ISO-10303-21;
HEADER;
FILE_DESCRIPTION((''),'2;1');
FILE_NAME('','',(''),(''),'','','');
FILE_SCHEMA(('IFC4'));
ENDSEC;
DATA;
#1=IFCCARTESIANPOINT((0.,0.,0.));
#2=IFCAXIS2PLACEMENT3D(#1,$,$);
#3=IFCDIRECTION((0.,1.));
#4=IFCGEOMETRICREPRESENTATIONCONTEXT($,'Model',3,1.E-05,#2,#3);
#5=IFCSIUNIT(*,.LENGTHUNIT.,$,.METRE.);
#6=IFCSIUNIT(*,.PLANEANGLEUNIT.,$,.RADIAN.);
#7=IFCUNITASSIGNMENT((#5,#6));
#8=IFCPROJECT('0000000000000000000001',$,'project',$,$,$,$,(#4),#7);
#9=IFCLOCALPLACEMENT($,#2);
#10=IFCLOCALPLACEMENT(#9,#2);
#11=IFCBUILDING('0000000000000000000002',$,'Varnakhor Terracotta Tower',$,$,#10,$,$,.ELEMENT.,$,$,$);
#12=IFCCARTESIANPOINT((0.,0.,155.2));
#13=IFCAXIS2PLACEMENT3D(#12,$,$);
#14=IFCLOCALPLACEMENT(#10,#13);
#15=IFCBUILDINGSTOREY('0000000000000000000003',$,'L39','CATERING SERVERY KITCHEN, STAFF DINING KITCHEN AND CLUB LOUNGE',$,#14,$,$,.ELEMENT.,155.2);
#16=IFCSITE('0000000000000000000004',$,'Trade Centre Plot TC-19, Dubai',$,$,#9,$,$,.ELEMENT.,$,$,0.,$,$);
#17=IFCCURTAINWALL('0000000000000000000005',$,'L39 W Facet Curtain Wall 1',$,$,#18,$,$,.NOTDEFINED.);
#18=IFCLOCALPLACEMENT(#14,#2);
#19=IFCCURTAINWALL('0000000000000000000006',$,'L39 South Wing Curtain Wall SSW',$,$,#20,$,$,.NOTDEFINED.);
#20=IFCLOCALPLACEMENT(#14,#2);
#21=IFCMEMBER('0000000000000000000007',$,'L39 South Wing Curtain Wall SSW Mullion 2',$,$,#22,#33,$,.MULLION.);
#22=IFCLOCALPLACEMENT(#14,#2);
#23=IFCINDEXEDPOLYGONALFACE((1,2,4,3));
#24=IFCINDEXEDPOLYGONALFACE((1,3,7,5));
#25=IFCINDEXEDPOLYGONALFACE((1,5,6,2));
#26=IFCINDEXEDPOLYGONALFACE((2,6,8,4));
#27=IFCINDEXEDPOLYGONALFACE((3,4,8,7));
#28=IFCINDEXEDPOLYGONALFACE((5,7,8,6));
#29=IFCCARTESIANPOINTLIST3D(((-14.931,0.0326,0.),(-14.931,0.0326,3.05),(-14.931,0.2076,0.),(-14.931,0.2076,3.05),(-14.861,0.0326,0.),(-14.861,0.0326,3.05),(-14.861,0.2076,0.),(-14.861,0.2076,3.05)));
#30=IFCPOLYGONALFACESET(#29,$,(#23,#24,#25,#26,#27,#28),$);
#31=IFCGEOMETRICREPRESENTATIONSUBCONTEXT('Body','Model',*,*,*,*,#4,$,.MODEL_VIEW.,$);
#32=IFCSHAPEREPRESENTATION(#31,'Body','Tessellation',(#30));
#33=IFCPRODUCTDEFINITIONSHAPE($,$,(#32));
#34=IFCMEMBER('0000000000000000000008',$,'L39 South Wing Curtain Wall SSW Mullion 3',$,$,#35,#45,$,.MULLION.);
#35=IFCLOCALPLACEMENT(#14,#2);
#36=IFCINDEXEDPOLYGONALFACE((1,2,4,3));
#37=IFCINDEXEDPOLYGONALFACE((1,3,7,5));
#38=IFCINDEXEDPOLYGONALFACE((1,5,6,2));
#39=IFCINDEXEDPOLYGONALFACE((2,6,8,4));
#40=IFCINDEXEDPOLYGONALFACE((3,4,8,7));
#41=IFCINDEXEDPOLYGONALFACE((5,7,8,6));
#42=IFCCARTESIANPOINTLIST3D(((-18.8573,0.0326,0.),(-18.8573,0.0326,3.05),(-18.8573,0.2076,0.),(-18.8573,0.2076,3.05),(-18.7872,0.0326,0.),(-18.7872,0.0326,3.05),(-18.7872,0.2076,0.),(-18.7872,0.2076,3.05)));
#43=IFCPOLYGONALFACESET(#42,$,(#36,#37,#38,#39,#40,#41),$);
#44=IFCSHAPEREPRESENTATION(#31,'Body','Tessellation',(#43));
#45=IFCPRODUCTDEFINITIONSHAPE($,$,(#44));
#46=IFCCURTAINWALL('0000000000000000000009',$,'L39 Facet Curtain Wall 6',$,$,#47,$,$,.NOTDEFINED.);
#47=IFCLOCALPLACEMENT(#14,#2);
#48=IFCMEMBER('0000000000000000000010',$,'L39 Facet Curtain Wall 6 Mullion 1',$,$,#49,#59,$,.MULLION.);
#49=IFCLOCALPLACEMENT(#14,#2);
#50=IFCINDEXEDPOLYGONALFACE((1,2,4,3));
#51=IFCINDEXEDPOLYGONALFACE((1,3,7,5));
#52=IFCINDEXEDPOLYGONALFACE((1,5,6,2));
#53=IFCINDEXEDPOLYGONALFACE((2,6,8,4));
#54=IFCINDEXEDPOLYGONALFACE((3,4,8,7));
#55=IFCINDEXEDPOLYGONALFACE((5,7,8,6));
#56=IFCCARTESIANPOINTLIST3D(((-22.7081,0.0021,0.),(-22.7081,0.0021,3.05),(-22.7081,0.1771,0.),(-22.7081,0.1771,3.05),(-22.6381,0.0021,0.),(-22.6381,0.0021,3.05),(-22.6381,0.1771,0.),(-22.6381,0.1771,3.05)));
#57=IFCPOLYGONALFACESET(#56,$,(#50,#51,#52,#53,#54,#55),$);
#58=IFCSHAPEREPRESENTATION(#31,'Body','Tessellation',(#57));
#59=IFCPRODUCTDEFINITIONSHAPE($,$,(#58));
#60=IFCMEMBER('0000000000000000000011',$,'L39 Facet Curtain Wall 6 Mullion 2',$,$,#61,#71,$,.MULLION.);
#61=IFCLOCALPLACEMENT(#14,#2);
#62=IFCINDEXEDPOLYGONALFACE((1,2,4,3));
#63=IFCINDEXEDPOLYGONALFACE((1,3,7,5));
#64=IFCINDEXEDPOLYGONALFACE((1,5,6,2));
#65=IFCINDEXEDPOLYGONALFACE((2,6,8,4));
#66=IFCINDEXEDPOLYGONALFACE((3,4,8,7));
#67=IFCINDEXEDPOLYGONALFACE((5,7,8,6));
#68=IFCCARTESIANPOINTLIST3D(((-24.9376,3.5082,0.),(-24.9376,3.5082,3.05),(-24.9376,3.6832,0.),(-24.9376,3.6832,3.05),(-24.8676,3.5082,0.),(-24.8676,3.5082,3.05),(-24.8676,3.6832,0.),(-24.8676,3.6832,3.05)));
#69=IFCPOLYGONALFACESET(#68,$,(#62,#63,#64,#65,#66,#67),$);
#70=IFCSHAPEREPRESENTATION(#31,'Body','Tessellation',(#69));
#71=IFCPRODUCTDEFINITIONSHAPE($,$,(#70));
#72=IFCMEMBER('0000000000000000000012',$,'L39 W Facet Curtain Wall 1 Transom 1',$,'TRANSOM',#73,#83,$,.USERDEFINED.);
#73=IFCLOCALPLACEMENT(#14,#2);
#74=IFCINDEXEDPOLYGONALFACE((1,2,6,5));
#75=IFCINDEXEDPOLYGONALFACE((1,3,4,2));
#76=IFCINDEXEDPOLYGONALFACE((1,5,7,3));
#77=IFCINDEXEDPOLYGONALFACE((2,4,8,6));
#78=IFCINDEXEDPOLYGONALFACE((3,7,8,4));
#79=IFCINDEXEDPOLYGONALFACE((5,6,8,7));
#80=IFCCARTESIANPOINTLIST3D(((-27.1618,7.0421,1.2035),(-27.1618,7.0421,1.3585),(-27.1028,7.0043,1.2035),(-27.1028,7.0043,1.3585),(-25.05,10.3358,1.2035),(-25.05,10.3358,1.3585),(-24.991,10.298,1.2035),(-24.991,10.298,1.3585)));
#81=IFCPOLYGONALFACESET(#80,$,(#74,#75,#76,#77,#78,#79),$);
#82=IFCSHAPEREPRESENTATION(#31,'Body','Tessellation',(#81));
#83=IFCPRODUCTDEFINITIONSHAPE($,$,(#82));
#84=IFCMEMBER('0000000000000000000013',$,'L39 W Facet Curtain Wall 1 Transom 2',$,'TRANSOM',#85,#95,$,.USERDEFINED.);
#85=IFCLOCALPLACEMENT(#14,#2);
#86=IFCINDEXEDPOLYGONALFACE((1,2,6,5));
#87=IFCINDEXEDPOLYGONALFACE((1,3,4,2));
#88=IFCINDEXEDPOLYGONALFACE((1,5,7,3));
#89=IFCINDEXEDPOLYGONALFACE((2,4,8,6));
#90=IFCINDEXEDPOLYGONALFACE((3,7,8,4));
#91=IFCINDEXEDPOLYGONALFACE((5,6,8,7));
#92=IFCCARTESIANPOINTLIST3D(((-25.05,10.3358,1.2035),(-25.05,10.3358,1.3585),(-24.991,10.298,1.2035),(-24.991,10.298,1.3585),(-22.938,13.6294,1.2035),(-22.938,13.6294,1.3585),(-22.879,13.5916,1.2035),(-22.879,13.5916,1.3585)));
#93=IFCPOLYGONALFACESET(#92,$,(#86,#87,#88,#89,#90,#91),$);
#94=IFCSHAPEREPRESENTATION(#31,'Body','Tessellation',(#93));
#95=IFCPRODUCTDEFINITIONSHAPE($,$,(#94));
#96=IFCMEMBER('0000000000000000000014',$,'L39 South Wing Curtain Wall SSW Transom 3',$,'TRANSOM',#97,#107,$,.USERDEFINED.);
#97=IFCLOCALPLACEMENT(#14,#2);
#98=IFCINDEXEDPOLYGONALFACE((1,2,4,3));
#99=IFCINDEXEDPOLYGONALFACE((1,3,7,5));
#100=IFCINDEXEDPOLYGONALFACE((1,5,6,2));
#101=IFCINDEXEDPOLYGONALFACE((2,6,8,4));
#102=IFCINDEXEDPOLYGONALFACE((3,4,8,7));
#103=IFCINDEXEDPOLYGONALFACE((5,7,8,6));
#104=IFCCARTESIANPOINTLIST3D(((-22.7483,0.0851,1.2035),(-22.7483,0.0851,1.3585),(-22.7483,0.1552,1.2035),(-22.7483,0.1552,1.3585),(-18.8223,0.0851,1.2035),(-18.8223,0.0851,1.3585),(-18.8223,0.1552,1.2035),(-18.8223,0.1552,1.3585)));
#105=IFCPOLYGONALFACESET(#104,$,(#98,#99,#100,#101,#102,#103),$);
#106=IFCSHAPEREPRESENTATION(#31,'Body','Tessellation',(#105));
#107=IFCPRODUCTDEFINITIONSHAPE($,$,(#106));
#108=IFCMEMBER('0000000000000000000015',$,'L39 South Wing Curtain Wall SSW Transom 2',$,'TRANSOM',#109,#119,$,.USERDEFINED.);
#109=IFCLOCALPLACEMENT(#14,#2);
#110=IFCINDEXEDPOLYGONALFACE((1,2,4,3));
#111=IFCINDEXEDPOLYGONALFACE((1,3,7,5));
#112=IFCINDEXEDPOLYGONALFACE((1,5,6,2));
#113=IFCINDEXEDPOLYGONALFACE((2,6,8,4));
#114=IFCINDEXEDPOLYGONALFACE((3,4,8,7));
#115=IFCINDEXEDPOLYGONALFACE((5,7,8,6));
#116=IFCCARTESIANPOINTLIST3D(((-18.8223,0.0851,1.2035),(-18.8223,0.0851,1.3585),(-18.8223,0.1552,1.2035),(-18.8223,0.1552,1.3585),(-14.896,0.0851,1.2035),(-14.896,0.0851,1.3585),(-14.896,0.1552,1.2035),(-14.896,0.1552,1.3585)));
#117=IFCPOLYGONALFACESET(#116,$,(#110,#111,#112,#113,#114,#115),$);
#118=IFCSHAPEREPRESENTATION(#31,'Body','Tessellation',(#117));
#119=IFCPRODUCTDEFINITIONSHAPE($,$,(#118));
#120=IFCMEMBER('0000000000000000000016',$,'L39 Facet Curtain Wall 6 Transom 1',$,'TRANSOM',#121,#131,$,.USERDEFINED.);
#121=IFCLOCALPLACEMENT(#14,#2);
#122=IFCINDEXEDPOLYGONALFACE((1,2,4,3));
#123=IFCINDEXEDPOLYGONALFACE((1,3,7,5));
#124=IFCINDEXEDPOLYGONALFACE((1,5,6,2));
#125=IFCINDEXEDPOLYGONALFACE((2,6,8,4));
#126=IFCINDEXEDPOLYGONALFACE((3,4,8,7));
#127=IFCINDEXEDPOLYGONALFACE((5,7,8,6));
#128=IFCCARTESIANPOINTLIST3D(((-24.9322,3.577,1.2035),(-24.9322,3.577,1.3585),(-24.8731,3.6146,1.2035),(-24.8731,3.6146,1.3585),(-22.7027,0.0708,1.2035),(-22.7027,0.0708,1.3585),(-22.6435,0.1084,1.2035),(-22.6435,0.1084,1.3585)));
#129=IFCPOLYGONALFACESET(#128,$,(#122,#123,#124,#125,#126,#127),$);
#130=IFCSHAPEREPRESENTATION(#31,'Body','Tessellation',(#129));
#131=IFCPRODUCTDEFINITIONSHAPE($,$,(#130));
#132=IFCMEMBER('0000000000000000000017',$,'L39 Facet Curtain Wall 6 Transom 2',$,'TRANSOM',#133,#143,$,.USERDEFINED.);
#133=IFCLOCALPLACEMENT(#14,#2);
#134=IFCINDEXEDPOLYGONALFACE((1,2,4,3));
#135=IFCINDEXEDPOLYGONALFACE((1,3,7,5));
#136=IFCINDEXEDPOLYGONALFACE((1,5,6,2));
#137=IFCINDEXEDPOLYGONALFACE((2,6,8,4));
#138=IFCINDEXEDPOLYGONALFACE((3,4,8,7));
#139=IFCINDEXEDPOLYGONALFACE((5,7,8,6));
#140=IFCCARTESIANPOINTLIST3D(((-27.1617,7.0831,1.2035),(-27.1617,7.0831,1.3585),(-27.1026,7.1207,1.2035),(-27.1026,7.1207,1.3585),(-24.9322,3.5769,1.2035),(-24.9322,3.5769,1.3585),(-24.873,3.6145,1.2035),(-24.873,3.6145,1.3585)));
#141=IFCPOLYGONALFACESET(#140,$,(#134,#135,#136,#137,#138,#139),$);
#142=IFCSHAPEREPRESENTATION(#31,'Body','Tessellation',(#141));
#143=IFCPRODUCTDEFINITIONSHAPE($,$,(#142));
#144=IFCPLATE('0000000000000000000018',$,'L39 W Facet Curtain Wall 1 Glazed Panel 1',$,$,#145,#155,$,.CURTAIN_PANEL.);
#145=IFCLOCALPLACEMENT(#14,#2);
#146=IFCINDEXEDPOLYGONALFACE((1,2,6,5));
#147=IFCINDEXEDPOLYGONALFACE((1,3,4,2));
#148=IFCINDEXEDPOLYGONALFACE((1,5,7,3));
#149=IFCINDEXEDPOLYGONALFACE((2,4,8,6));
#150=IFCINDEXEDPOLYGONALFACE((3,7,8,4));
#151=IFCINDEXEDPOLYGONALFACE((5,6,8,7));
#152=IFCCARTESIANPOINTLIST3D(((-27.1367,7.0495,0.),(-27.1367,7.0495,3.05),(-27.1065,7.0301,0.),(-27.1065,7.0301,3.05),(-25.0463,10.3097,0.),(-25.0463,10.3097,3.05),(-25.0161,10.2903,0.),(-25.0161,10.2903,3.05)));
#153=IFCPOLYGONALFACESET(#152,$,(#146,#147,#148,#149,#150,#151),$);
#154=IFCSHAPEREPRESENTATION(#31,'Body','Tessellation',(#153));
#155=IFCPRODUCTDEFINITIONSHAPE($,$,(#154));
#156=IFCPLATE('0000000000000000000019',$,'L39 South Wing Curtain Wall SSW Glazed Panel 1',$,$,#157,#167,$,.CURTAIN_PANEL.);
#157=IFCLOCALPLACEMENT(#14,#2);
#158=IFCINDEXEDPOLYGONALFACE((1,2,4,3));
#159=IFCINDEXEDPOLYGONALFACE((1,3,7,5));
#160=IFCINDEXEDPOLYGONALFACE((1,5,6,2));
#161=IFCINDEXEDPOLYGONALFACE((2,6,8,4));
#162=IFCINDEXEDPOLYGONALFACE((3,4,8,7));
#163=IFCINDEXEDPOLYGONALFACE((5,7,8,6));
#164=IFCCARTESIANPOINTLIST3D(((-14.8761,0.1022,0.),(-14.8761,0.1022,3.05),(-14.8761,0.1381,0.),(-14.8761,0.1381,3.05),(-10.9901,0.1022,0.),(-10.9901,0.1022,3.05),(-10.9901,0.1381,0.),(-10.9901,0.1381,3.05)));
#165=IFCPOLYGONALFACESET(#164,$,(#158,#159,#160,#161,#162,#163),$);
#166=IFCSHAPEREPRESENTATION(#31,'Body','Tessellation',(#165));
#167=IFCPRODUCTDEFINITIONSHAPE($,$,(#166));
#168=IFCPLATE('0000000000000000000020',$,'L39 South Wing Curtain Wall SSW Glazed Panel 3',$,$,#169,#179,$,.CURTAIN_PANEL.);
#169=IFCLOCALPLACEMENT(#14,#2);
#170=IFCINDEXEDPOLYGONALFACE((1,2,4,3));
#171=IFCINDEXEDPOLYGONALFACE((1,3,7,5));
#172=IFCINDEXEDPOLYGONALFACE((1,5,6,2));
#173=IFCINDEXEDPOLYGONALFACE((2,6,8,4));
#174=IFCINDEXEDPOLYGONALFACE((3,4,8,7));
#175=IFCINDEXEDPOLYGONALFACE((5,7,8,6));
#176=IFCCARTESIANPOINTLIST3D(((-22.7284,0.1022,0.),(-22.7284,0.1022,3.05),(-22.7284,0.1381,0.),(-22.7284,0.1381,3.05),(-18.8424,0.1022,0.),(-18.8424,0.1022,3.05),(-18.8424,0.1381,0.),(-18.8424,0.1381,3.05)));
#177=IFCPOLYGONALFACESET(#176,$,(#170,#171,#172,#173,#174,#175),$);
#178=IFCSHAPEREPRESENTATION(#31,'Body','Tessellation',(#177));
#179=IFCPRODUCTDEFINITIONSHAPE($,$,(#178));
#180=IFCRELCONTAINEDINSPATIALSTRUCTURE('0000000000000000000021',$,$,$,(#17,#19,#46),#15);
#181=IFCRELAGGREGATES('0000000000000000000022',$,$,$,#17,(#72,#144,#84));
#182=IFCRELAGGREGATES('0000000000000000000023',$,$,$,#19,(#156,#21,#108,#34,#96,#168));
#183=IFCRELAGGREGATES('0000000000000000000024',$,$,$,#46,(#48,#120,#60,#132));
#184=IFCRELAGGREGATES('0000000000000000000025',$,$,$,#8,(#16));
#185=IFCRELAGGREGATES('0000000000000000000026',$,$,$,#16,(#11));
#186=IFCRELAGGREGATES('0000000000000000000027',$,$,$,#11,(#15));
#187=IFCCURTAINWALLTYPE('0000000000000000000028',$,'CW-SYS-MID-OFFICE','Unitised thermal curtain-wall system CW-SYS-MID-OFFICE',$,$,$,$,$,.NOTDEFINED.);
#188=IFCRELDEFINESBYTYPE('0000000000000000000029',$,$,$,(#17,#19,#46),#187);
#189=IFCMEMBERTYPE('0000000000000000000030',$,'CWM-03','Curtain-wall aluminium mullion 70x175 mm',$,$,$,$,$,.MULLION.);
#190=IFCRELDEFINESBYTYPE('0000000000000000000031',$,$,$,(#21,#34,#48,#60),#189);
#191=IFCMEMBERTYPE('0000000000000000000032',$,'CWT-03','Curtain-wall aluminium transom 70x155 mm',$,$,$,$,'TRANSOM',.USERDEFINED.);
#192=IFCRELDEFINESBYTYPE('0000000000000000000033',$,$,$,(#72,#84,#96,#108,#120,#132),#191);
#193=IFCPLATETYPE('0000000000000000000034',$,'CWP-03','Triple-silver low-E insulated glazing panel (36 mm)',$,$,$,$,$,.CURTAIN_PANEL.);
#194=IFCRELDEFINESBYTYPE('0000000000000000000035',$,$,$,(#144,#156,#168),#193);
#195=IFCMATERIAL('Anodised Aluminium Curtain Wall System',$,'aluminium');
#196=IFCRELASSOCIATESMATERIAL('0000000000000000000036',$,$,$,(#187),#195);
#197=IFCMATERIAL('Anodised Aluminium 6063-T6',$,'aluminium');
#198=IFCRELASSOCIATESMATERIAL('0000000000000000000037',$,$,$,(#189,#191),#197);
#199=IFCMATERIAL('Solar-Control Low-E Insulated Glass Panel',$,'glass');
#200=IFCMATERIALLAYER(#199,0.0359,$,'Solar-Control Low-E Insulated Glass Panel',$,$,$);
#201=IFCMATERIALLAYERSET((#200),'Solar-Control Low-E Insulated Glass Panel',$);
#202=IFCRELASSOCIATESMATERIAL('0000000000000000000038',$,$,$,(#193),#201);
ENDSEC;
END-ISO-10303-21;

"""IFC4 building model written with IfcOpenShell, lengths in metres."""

from ifc_helpers import new_model, si_unit, direction, frame, origin, origin_2d, place, context, subcontext, project, spatial, rectangle, extrude, source, transform, mapped, material, layer, layer_set, material_profile, profile_set, type_object, element, aggregate, save


model = new_model("IFC4")

# Units and contexts
model_context = context("Model", 3, precision=1e-05, world=origin(), true_north=direction((0.0, 1.0)))
body_context = subcontext(model_context, "Body", "Model", "MODEL_VIEW")
ifc_project = project(units=[si_unit("LENGTHUNIT", "METRE"), si_unit("PLANEANGLEUNIT", "RADIAN")], contexts=[model_context])

# Site, building, storey
site_placement = place(None, origin())
site = spatial("IfcSite", under=ifc_project, at=site_placement, Name="Trade Centre Plot TC-19, Dubai", CompositionType="ELEMENT", RefElevation=0.0)
building_placement = place(site_placement, origin())
building = spatial("IfcBuilding", under=site, at=building_placement, Name="Varnakhor Terracotta Tower", CompositionType="ELEMENT")
storey_placement = place(building_placement, frame((0.0, 0.0, 155.2)))
storey = spatial("IfcBuildingStorey", under=building, at=storey_placement, Name="L39", Description="CATERING SERVERY KITCHEN, STAFF DINING KITCHEN AND CLUB LOUNGE", CompositionType="ELEMENT", Elevation=155.2)

# Curtain walls, members
ifc_material_1 = material(Name="Anodised Aluminium Curtain Wall System", Category="aluminium")
curtain_wall_type = type_object("IfcCurtainWallType", Name="CW-SYS-MID-OFFICE", Description="Unitised thermal curtain-wall system CW-SYS-MID-OFFICE", PredefinedType="NOTDEFINED", material=ifc_material_1)
curtain_wall_1_placement = place(storey_placement, origin())
curtain_wall_1 = element("IfcCurtainWall", 1, at=curtain_wall_1_placement, inside=storey, type_object=curtain_wall_type, Name="L39 W Facet Curtain Wall 1", PredefinedType="NOTDEFINED")
ifc_material_2 = material(Name="Anodised Aluminium 6063-T6", Category="aluminium")
ifc_material_profile_1 = material_profile(ifc_material_2, rectangle(XDim=0.0701, YDim=0.175, at=origin_2d()), Name="ALU MULLION 70x175")
ifc_profile_set_1 = profile_set([ifc_material_profile_1], Name="Anodised Aluminium 6063-T6")
member_type_1 = type_object("IfcMemberType", Name="CWM-03", Description="Curtain-wall aluminium mullion 70x175 mm", PredefinedType="MULLION", material=ifc_profile_set_1)
shared_shape_1 = source(origin(), body_context, "Body", "SweptSolid", [
    extrude(rectangle(XDim=0.0701, YDim=0.175, at=origin_2d()), origin(), (0.0, 0.0, 1.0), 3.05),
])
curtain_wall_2_placement = place(storey_placement, origin())
curtain_wall_2 = element("IfcCurtainWall", 2, at=curtain_wall_2_placement, inside=storey, type_object=curtain_wall_type, Name="L39 South Wing Curtain Wall SSW", PredefinedType="NOTDEFINED")
member_1_placement = place(storey_placement, frame((-14.896, 0.1201, 0.0), z_axis=(0.0, 0.0, 1.0), x_axis=(1.0, 0.0, 0.0)))
member_1 = element("IfcMember", 3, at=member_1_placement, type_object=member_type_1, Name="L39 South Wing Curtain Wall SSW Mullion 2", PredefinedType="MULLION", context=body_context, shape_type="MappedRepresentation", body=[
    mapped(shared_shape_1, transform((0.0, 0.0, 0.0), scale=1.0)),
])
member_2_placement = place(storey_placement, frame((-18.8223, 0.1201, 0.0), z_axis=(0.0, 0.0, 1.0), x_axis=(1.0, 0.0, 0.0)))
member_2 = element("IfcMember", 4, at=member_2_placement, type_object=member_type_1, Name="L39 South Wing Curtain Wall SSW Mullion 3", PredefinedType="MULLION", context=body_context, shape_type="MappedRepresentation", body=[
    mapped(shared_shape_1, transform((0.0, 0.0, 0.0), scale=1.0)),
])
curtain_wall_3_placement = place(storey_placement, origin())
curtain_wall_3 = element("IfcCurtainWall", 5, at=curtain_wall_3_placement, inside=storey, type_object=curtain_wall_type, Name="L39 Facet Curtain Wall 6", PredefinedType="NOTDEFINED")
member_3_placement = place(storey_placement, frame((-22.6731, 0.0896, 0.0), z_axis=(0.0, 0.0, 1.0), x_axis=(1.0, 0.0, 0.0)))
member_3 = element("IfcMember", 6, at=member_3_placement, type_object=member_type_1, Name="L39 Facet Curtain Wall 6 Mullion 1", PredefinedType="MULLION", context=body_context, shape_type="MappedRepresentation", body=[
    mapped(shared_shape_1, transform((0.0, 0.0, 0.0), scale=1.0)),
])
member_4_placement = place(storey_placement, frame((-24.9026, 3.5957, 0.0), z_axis=(0.0, 0.0, 1.0), x_axis=(1.0, 0.0, 0.0)))
member_4 = element("IfcMember", 7, at=member_4_placement, type_object=member_type_1, Name="L39 Facet Curtain Wall 6 Mullion 2", PredefinedType="MULLION", context=body_context, shape_type="MappedRepresentation", body=[
    mapped(shared_shape_1, transform((0.0, 0.0, 0.0), scale=1.0)),
])

# Members
ifc_material_profile_2 = material_profile(ifc_material_2, rectangle(XDim=0.0701, YDim=0.155, at=origin_2d()), Name="ALU TRANSOM 70x155")
ifc_profile_set_2 = profile_set([ifc_material_profile_2], Name="Anodised Aluminium 6063-T6")
member_type_2 = type_object("IfcMemberType", Name="CWT-03", Description="Curtain-wall aluminium transom 70x155 mm", ElementType="TRANSOM", PredefinedType="USERDEFINED", material=ifc_profile_set_2)
shared_shape_2 = source(origin(), body_context, "Body", "SweptSolid", [
    extrude(rectangle(XDim=0.0701, YDim=0.155, at=origin_2d()), origin(), (0.0, 0.0, 1.0), 3.9126),
])
member_5_placement = place(storey_placement, frame((-27.1323, 7.0232, 1.281), z_axis=(0.539751, 0.841825, 0.0), x_axis=(-0.841825, 0.539751, 0.0)))
member_5 = element("IfcMember", 8, at=member_5_placement, type_object=member_type_2, Name="L39 W Facet Curtain Wall 1 Transom 1", ObjectType="TRANSOM", PredefinedType="USERDEFINED", context=body_context, shape_type="MappedRepresentation", body=[
    mapped(shared_shape_2, transform((0.0, 0.0, 0.0), scale=1.0)),
])
member_6_placement = place(storey_placement, frame((-25.0205, 10.3169, 1.281), z_axis=(0.539795, 0.841796, 0.0), x_axis=(-0.841796, 0.539795, 0.0)))
member_6 = element("IfcMember", 9, at=member_6_placement, type_object=member_type_2, Name="L39 W Facet Curtain Wall 1 Transom 2", ObjectType="TRANSOM", PredefinedType="USERDEFINED", context=body_context, shape_type="MappedRepresentation", body=[
    mapped(shared_shape_2, transform((0.0, 0.0, 0.0), scale=1.0)),
])
shared_shape_3 = source(origin(), body_context, "Body", "SweptSolid", [
    extrude(rectangle(XDim=0.0701, YDim=0.155, at=origin_2d()), origin(), (0.0, 0.0, 1.0), 3.926),
])
member_7_placement = place(storey_placement, frame((-18.8223, 0.1201, 1.281), z_axis=(-1.0, 0.0, 0.0), x_axis=(0.0, -1.0, 0.0)))
member_7 = element("IfcMember", 10, at=member_7_placement, type_object=member_type_2, Name="L39 South Wing Curtain Wall SSW Transom 3", ObjectType="TRANSOM", PredefinedType="USERDEFINED", context=body_context, shape_type="MappedRepresentation", body=[
    mapped(shared_shape_3, transform((0.0, 0.0, 0.0), scale=1.0)),
])
shared_shape_4 = source(origin(), body_context, "Body", "SweptSolid", [
    extrude(rectangle(XDim=0.0701, YDim=0.155, at=origin_2d()), origin(), (0.0, 0.0, 1.0), 3.9263),
])
member_8_placement = place(storey_placement, frame((-14.896, 0.1201, 1.281), z_axis=(-1.0, 0.0, 0.0), x_axis=(0.0, -1.0, 0.0)))
member_8 = element("IfcMember", 11, at=member_8_placement, type_object=member_type_2, Name="L39 South Wing Curtain Wall SSW Transom 2", ObjectType="TRANSOM", PredefinedType="USERDEFINED", context=body_context, shape_type="MappedRepresentation", body=[
    mapped(shared_shape_4, transform((0.0, 0.0, 0.0), scale=1.0)),
])
shared_shape_5 = source(origin(), body_context, "Body", "SweptSolid", [
    extrude(rectangle(XDim=0.0701, YDim=0.155, at=origin_2d()), origin(), (0.0, 0.0, 1.0), 4.155),
])
member_9_placement = place(storey_placement, frame((-22.6731, 0.0896, 1.281), z_axis=(-0.53659, 0.843843, 0.0), x_axis=(-0.843843, -0.53659, 0.0)))
member_9 = element("IfcMember", 12, at=member_9_placement, type_object=member_type_2, Name="L39 Facet Curtain Wall 6 Transom 1", ObjectType="TRANSOM", PredefinedType="USERDEFINED", context=body_context, shape_type="MappedRepresentation", body=[
    mapped(shared_shape_5, transform((0.0, 0.0, 0.0), scale=1.0)),
])
member_10_placement = place(storey_placement, frame((-24.9026, 3.5957, 1.281), z_axis=(-0.53659, 0.843843, 0.0), x_axis=(-0.843843, -0.53659, 0.0)))
member_10 = element("IfcMember", 13, at=member_10_placement, type_object=member_type_2, Name="L39 Facet Curtain Wall 6 Transom 2", ObjectType="TRANSOM", PredefinedType="USERDEFINED", context=body_context, shape_type="MappedRepresentation", body=[
    mapped(shared_shape_5, transform((0.0, 0.0, 0.0), scale=1.0)),
])

# Plates
ifc_material_3 = material(Name="Solar-Control Low-E Insulated Glass Panel", Category="glass")
ifc_layer_1 = layer(ifc_material_3, 0.0359, Name="Solar-Control Low-E Insulated Glass Panel")
ifc_layer_set_1 = layer_set([ifc_layer_1], Name="Solar-Control Low-E Insulated Glass Panel")
plate_type = type_object("IfcPlateType", Name="CWP-03", Description="Triple-silver low-E insulated glazing panel (36 mm)", PredefinedType="CURTAIN_PANEL", material=ifc_layer_set_1)
shared_shape_6 = source(origin(), body_context, "Body", "SweptSolid", [
    extrude(rectangle(XDim=3.8728, YDim=0.0359, at=origin_2d()), origin(), (0.0, 0.0, 1.0), 3.05),
])
plate_1_placement = place(storey_placement, frame((-26.0764, 8.6699, 0.0), z_axis=(0.0, 0.0, 1.0), x_axis=(0.539756, 0.841822, 0.0)))
plate_1 = element("IfcPlate", 14, at=plate_1_placement, type_object=plate_type, Name="L39 W Facet Curtain Wall 1 Glazed Panel 1", PredefinedType="CURTAIN_PANEL", context=body_context, shape_type="MappedRepresentation", body=[
    mapped(shared_shape_6, transform((0.0, 0.0, 0.0), scale=1.0)),
])
aggregate(curtain_wall_1, [member_5, plate_1, member_6])
shared_shape_7 = source(origin(), body_context, "Body", "SweptSolid", [
    extrude(rectangle(XDim=3.886, YDim=0.0359, at=origin_2d()), origin(), (0.0, 0.0, 1.0), 3.05),
])
plate_2_placement = place(storey_placement, frame((-12.9331, 0.1201, 0.0), z_axis=(0.0, 0.0, 1.0), x_axis=(-1.0, 0.0, 0.0)))
plate_2 = element("IfcPlate", 15, at=plate_2_placement, type_object=plate_type, Name="L39 South Wing Curtain Wall SSW Glazed Panel 1", PredefinedType="CURTAIN_PANEL", context=body_context, shape_type="MappedRepresentation", body=[
    mapped(shared_shape_7, transform((0.0, 0.0, 0.0), scale=1.0)),
])
plate_3_placement = place(storey_placement, frame((-20.7854, 0.1201, 0.0), z_axis=(0.0, 0.0, 1.0), x_axis=(-1.0, 0.0, 0.0)))
plate_3 = element("IfcPlate", 16, at=plate_3_placement, type_object=plate_type, Name="L39 South Wing Curtain Wall SSW Glazed Panel 3", PredefinedType="CURTAIN_PANEL", context=body_context, shape_type="MappedRepresentation", body=[
    mapped(shared_shape_7, transform((0.0, 0.0, 0.0), scale=1.0)),
])
aggregate(curtain_wall_2, [plate_2, member_1, member_8, member_2, member_7, plate_3])
aggregate(curtain_wall_3, [member_3, member_9, member_4, member_10])

save(model, "model.ifc")
